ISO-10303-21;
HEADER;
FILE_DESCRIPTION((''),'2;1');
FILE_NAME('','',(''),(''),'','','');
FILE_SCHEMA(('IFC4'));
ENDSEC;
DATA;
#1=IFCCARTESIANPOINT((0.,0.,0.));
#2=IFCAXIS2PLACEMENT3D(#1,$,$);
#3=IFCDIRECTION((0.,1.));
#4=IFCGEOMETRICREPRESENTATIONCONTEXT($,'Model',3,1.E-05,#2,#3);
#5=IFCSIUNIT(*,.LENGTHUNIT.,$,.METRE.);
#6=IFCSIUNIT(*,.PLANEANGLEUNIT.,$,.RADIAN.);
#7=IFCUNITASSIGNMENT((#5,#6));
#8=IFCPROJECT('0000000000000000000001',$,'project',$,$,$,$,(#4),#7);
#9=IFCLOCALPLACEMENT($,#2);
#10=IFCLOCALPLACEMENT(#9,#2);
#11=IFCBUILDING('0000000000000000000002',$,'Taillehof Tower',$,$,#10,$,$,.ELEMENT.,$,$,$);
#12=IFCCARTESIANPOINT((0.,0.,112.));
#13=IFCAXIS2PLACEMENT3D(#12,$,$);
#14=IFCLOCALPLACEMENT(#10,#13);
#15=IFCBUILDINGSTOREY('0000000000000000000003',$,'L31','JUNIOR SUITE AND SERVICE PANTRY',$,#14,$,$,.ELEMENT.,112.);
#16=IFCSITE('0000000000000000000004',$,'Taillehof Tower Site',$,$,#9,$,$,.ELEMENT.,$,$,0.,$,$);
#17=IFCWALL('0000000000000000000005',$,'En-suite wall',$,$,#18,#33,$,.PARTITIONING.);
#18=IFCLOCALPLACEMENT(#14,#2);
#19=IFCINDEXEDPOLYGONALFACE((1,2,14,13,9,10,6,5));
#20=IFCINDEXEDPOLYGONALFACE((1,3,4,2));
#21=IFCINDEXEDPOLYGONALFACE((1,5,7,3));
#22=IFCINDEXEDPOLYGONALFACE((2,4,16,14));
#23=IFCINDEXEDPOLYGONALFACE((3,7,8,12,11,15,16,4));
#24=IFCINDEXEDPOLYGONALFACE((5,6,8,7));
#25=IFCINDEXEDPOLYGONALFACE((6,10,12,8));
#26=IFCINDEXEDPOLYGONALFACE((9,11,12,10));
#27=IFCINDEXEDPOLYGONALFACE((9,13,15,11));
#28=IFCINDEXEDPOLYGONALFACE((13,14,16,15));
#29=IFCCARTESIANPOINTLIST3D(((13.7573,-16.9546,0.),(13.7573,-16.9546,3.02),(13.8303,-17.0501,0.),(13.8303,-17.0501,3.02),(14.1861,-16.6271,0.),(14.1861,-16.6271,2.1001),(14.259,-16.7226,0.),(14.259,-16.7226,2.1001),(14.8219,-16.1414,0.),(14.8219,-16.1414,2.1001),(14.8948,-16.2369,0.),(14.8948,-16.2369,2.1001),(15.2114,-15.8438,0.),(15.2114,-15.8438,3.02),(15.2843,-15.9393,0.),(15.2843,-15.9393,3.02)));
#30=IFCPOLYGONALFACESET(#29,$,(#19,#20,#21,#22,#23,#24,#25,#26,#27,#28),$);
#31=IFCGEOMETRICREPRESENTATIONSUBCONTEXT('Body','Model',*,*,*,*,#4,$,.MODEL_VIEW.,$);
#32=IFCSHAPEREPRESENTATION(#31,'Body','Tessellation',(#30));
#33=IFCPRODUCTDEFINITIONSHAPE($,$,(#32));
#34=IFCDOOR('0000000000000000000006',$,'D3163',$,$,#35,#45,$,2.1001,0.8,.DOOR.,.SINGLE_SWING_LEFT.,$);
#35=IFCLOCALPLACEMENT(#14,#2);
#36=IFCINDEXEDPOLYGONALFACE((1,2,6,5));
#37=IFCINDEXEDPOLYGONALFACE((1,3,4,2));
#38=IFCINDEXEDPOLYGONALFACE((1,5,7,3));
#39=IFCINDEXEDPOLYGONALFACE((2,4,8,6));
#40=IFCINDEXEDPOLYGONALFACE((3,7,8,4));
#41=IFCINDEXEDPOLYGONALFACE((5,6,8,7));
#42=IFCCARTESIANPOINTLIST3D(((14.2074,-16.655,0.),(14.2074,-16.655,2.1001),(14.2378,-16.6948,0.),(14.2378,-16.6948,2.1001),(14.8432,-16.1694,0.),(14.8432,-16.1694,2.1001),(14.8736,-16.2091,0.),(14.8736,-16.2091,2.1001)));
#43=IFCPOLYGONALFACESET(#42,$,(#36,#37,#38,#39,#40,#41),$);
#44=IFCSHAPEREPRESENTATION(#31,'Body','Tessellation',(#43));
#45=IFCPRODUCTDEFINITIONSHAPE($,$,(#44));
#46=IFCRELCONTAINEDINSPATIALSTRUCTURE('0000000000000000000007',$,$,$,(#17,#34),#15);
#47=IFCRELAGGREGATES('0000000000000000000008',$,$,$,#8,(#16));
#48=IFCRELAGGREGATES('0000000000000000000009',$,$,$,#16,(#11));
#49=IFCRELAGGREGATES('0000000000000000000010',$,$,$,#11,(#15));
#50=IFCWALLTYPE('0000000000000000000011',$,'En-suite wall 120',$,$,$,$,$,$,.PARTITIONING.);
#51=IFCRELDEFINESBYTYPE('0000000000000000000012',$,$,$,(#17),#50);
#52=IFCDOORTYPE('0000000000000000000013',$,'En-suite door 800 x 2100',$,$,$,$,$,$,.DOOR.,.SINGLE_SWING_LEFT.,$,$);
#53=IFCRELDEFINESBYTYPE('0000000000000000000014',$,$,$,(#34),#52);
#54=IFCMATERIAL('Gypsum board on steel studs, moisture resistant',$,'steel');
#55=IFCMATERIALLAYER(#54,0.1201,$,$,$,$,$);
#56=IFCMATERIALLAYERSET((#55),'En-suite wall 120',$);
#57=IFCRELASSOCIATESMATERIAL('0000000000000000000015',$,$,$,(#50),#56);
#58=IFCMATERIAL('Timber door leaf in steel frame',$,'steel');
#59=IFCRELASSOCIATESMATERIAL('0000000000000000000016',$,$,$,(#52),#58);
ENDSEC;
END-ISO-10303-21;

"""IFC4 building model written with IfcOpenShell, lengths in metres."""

from ifc_helpers import new_model, si_unit, direction, frame, frame_2d, origin, place, context, subcontext, project, spatial, rectangle, extrude, material, layer, layer_set, type_object, element, fill, save


model = new_model("IFC4")

# Units and contexts
model_context = context("Model", 3, precision=1e-05, world=origin(), true_north=direction((0.0, 1.0)))
body_context = subcontext(model_context, "Body", "Model", "MODEL_VIEW")
ifc_project = project(units=[si_unit("LENGTHUNIT", "METRE"), si_unit("PLANEANGLEUNIT", "RADIAN")], contexts=[model_context])

# Site, building, storey
site_placement = place(None, origin())
site = spatial("IfcSite", under=ifc_project, at=site_placement, Name="Taillehof Tower Site", CompositionType="ELEMENT", RefElevation=0.0)
building_placement = place(site_placement, origin())
building = spatial("IfcBuilding", under=site, at=building_placement, Name="Taillehof Tower", CompositionType="ELEMENT")
storey_placement = place(building_placement, frame((0.0, 0.0, 112.0)))
storey = spatial("IfcBuildingStorey", under=building, at=storey_placement, Name="L31", Description="JUNIOR SUITE AND SERVICE PANTRY", CompositionType="ELEMENT", Elevation=112.0)

# Shared definitions
ifc_material_1 = material(Name="Gypsum board on steel studs, moisture resistant", Category="steel")
ifc_layer_1 = layer(ifc_material_1, 0.1201)
ifc_layer_set_1 = layer_set([ifc_layer_1], Name="En-suite wall 120")
wall_type_1 = type_object("IfcWallType", Name="En-suite wall 120", PredefinedType="PARTITIONING", material=ifc_layer_set_1)

# Wall, opening, door
wall_1_placement = place(storey_placement, frame((13.7937, -17.0024, 0.0), z_axis=(0.0, 0.0, 1.0), x_axis=(0.794653, 0.607064, 0.0)))
wall_1 = element("IfcWall", 1, at=wall_1_placement, inside=storey, type_object=wall_type_1, Name="En-suite wall", PredefinedType="PARTITIONING", context=body_context, shape_type="SweptSolid", body=[
    extrude(rectangle(XDim=1.8298, YDim=0.1201, at=frame_2d((0.915, 0.0))), origin(), (0.0, 0.0, 1.0), 3.02),
])
opening_1_placement = place(wall_1_placement, frame((0.5398, 0.0, 0.0)))
opening_1 = element("IfcOpeningElement", 2, at=opening_1_placement, cuts=wall_1, PredefinedType="OPENING", context=body_context, shape_type="SweptSolid", body=[
    extrude(rectangle(XDim=0.8, YDim=2.1001, at=frame_2d((0.3999, 1.05))), frame((0.0, 0.0701, 0.0), z_axis=(0.0, -1.0, 0.0), x_axis=(1.0, 0.0, 0.0)), (0.0, 0.0, 1.0), 0.1401),
])
ifc_material_2 = material(Name="Timber door leaf in steel frame", Category="steel")
door_type_1 = type_object("IfcDoorType", Name="En-suite door 800 x 2100", OperationType="SINGLE_SWING_LEFT", PredefinedType="DOOR", material=ifc_material_2)
door_1_placement = place(opening_1_placement, origin())
door_1 = element("IfcDoor", 3, at=door_1_placement, inside=storey, type_object=door_type_1, Name="D3163", OperationType="SINGLE_SWING_LEFT", OverallHeight=2.1001, OverallWidth=0.8, PredefinedType="DOOR", context=body_context, shape_type="SweptSolid", body=[
    extrude(rectangle(XDim=0.8, YDim=2.1001, at=frame_2d((0.3999, 1.05))), frame((0.0, 0.0249, 0.0), z_axis=(0.0, -1.0, 0.0), x_axis=(1.0, 0.0, 0.0)), (0.0, 0.0, 1.0), 0.05),
])
fill(opening_1, door_1)

save(model, "model.ifc")
